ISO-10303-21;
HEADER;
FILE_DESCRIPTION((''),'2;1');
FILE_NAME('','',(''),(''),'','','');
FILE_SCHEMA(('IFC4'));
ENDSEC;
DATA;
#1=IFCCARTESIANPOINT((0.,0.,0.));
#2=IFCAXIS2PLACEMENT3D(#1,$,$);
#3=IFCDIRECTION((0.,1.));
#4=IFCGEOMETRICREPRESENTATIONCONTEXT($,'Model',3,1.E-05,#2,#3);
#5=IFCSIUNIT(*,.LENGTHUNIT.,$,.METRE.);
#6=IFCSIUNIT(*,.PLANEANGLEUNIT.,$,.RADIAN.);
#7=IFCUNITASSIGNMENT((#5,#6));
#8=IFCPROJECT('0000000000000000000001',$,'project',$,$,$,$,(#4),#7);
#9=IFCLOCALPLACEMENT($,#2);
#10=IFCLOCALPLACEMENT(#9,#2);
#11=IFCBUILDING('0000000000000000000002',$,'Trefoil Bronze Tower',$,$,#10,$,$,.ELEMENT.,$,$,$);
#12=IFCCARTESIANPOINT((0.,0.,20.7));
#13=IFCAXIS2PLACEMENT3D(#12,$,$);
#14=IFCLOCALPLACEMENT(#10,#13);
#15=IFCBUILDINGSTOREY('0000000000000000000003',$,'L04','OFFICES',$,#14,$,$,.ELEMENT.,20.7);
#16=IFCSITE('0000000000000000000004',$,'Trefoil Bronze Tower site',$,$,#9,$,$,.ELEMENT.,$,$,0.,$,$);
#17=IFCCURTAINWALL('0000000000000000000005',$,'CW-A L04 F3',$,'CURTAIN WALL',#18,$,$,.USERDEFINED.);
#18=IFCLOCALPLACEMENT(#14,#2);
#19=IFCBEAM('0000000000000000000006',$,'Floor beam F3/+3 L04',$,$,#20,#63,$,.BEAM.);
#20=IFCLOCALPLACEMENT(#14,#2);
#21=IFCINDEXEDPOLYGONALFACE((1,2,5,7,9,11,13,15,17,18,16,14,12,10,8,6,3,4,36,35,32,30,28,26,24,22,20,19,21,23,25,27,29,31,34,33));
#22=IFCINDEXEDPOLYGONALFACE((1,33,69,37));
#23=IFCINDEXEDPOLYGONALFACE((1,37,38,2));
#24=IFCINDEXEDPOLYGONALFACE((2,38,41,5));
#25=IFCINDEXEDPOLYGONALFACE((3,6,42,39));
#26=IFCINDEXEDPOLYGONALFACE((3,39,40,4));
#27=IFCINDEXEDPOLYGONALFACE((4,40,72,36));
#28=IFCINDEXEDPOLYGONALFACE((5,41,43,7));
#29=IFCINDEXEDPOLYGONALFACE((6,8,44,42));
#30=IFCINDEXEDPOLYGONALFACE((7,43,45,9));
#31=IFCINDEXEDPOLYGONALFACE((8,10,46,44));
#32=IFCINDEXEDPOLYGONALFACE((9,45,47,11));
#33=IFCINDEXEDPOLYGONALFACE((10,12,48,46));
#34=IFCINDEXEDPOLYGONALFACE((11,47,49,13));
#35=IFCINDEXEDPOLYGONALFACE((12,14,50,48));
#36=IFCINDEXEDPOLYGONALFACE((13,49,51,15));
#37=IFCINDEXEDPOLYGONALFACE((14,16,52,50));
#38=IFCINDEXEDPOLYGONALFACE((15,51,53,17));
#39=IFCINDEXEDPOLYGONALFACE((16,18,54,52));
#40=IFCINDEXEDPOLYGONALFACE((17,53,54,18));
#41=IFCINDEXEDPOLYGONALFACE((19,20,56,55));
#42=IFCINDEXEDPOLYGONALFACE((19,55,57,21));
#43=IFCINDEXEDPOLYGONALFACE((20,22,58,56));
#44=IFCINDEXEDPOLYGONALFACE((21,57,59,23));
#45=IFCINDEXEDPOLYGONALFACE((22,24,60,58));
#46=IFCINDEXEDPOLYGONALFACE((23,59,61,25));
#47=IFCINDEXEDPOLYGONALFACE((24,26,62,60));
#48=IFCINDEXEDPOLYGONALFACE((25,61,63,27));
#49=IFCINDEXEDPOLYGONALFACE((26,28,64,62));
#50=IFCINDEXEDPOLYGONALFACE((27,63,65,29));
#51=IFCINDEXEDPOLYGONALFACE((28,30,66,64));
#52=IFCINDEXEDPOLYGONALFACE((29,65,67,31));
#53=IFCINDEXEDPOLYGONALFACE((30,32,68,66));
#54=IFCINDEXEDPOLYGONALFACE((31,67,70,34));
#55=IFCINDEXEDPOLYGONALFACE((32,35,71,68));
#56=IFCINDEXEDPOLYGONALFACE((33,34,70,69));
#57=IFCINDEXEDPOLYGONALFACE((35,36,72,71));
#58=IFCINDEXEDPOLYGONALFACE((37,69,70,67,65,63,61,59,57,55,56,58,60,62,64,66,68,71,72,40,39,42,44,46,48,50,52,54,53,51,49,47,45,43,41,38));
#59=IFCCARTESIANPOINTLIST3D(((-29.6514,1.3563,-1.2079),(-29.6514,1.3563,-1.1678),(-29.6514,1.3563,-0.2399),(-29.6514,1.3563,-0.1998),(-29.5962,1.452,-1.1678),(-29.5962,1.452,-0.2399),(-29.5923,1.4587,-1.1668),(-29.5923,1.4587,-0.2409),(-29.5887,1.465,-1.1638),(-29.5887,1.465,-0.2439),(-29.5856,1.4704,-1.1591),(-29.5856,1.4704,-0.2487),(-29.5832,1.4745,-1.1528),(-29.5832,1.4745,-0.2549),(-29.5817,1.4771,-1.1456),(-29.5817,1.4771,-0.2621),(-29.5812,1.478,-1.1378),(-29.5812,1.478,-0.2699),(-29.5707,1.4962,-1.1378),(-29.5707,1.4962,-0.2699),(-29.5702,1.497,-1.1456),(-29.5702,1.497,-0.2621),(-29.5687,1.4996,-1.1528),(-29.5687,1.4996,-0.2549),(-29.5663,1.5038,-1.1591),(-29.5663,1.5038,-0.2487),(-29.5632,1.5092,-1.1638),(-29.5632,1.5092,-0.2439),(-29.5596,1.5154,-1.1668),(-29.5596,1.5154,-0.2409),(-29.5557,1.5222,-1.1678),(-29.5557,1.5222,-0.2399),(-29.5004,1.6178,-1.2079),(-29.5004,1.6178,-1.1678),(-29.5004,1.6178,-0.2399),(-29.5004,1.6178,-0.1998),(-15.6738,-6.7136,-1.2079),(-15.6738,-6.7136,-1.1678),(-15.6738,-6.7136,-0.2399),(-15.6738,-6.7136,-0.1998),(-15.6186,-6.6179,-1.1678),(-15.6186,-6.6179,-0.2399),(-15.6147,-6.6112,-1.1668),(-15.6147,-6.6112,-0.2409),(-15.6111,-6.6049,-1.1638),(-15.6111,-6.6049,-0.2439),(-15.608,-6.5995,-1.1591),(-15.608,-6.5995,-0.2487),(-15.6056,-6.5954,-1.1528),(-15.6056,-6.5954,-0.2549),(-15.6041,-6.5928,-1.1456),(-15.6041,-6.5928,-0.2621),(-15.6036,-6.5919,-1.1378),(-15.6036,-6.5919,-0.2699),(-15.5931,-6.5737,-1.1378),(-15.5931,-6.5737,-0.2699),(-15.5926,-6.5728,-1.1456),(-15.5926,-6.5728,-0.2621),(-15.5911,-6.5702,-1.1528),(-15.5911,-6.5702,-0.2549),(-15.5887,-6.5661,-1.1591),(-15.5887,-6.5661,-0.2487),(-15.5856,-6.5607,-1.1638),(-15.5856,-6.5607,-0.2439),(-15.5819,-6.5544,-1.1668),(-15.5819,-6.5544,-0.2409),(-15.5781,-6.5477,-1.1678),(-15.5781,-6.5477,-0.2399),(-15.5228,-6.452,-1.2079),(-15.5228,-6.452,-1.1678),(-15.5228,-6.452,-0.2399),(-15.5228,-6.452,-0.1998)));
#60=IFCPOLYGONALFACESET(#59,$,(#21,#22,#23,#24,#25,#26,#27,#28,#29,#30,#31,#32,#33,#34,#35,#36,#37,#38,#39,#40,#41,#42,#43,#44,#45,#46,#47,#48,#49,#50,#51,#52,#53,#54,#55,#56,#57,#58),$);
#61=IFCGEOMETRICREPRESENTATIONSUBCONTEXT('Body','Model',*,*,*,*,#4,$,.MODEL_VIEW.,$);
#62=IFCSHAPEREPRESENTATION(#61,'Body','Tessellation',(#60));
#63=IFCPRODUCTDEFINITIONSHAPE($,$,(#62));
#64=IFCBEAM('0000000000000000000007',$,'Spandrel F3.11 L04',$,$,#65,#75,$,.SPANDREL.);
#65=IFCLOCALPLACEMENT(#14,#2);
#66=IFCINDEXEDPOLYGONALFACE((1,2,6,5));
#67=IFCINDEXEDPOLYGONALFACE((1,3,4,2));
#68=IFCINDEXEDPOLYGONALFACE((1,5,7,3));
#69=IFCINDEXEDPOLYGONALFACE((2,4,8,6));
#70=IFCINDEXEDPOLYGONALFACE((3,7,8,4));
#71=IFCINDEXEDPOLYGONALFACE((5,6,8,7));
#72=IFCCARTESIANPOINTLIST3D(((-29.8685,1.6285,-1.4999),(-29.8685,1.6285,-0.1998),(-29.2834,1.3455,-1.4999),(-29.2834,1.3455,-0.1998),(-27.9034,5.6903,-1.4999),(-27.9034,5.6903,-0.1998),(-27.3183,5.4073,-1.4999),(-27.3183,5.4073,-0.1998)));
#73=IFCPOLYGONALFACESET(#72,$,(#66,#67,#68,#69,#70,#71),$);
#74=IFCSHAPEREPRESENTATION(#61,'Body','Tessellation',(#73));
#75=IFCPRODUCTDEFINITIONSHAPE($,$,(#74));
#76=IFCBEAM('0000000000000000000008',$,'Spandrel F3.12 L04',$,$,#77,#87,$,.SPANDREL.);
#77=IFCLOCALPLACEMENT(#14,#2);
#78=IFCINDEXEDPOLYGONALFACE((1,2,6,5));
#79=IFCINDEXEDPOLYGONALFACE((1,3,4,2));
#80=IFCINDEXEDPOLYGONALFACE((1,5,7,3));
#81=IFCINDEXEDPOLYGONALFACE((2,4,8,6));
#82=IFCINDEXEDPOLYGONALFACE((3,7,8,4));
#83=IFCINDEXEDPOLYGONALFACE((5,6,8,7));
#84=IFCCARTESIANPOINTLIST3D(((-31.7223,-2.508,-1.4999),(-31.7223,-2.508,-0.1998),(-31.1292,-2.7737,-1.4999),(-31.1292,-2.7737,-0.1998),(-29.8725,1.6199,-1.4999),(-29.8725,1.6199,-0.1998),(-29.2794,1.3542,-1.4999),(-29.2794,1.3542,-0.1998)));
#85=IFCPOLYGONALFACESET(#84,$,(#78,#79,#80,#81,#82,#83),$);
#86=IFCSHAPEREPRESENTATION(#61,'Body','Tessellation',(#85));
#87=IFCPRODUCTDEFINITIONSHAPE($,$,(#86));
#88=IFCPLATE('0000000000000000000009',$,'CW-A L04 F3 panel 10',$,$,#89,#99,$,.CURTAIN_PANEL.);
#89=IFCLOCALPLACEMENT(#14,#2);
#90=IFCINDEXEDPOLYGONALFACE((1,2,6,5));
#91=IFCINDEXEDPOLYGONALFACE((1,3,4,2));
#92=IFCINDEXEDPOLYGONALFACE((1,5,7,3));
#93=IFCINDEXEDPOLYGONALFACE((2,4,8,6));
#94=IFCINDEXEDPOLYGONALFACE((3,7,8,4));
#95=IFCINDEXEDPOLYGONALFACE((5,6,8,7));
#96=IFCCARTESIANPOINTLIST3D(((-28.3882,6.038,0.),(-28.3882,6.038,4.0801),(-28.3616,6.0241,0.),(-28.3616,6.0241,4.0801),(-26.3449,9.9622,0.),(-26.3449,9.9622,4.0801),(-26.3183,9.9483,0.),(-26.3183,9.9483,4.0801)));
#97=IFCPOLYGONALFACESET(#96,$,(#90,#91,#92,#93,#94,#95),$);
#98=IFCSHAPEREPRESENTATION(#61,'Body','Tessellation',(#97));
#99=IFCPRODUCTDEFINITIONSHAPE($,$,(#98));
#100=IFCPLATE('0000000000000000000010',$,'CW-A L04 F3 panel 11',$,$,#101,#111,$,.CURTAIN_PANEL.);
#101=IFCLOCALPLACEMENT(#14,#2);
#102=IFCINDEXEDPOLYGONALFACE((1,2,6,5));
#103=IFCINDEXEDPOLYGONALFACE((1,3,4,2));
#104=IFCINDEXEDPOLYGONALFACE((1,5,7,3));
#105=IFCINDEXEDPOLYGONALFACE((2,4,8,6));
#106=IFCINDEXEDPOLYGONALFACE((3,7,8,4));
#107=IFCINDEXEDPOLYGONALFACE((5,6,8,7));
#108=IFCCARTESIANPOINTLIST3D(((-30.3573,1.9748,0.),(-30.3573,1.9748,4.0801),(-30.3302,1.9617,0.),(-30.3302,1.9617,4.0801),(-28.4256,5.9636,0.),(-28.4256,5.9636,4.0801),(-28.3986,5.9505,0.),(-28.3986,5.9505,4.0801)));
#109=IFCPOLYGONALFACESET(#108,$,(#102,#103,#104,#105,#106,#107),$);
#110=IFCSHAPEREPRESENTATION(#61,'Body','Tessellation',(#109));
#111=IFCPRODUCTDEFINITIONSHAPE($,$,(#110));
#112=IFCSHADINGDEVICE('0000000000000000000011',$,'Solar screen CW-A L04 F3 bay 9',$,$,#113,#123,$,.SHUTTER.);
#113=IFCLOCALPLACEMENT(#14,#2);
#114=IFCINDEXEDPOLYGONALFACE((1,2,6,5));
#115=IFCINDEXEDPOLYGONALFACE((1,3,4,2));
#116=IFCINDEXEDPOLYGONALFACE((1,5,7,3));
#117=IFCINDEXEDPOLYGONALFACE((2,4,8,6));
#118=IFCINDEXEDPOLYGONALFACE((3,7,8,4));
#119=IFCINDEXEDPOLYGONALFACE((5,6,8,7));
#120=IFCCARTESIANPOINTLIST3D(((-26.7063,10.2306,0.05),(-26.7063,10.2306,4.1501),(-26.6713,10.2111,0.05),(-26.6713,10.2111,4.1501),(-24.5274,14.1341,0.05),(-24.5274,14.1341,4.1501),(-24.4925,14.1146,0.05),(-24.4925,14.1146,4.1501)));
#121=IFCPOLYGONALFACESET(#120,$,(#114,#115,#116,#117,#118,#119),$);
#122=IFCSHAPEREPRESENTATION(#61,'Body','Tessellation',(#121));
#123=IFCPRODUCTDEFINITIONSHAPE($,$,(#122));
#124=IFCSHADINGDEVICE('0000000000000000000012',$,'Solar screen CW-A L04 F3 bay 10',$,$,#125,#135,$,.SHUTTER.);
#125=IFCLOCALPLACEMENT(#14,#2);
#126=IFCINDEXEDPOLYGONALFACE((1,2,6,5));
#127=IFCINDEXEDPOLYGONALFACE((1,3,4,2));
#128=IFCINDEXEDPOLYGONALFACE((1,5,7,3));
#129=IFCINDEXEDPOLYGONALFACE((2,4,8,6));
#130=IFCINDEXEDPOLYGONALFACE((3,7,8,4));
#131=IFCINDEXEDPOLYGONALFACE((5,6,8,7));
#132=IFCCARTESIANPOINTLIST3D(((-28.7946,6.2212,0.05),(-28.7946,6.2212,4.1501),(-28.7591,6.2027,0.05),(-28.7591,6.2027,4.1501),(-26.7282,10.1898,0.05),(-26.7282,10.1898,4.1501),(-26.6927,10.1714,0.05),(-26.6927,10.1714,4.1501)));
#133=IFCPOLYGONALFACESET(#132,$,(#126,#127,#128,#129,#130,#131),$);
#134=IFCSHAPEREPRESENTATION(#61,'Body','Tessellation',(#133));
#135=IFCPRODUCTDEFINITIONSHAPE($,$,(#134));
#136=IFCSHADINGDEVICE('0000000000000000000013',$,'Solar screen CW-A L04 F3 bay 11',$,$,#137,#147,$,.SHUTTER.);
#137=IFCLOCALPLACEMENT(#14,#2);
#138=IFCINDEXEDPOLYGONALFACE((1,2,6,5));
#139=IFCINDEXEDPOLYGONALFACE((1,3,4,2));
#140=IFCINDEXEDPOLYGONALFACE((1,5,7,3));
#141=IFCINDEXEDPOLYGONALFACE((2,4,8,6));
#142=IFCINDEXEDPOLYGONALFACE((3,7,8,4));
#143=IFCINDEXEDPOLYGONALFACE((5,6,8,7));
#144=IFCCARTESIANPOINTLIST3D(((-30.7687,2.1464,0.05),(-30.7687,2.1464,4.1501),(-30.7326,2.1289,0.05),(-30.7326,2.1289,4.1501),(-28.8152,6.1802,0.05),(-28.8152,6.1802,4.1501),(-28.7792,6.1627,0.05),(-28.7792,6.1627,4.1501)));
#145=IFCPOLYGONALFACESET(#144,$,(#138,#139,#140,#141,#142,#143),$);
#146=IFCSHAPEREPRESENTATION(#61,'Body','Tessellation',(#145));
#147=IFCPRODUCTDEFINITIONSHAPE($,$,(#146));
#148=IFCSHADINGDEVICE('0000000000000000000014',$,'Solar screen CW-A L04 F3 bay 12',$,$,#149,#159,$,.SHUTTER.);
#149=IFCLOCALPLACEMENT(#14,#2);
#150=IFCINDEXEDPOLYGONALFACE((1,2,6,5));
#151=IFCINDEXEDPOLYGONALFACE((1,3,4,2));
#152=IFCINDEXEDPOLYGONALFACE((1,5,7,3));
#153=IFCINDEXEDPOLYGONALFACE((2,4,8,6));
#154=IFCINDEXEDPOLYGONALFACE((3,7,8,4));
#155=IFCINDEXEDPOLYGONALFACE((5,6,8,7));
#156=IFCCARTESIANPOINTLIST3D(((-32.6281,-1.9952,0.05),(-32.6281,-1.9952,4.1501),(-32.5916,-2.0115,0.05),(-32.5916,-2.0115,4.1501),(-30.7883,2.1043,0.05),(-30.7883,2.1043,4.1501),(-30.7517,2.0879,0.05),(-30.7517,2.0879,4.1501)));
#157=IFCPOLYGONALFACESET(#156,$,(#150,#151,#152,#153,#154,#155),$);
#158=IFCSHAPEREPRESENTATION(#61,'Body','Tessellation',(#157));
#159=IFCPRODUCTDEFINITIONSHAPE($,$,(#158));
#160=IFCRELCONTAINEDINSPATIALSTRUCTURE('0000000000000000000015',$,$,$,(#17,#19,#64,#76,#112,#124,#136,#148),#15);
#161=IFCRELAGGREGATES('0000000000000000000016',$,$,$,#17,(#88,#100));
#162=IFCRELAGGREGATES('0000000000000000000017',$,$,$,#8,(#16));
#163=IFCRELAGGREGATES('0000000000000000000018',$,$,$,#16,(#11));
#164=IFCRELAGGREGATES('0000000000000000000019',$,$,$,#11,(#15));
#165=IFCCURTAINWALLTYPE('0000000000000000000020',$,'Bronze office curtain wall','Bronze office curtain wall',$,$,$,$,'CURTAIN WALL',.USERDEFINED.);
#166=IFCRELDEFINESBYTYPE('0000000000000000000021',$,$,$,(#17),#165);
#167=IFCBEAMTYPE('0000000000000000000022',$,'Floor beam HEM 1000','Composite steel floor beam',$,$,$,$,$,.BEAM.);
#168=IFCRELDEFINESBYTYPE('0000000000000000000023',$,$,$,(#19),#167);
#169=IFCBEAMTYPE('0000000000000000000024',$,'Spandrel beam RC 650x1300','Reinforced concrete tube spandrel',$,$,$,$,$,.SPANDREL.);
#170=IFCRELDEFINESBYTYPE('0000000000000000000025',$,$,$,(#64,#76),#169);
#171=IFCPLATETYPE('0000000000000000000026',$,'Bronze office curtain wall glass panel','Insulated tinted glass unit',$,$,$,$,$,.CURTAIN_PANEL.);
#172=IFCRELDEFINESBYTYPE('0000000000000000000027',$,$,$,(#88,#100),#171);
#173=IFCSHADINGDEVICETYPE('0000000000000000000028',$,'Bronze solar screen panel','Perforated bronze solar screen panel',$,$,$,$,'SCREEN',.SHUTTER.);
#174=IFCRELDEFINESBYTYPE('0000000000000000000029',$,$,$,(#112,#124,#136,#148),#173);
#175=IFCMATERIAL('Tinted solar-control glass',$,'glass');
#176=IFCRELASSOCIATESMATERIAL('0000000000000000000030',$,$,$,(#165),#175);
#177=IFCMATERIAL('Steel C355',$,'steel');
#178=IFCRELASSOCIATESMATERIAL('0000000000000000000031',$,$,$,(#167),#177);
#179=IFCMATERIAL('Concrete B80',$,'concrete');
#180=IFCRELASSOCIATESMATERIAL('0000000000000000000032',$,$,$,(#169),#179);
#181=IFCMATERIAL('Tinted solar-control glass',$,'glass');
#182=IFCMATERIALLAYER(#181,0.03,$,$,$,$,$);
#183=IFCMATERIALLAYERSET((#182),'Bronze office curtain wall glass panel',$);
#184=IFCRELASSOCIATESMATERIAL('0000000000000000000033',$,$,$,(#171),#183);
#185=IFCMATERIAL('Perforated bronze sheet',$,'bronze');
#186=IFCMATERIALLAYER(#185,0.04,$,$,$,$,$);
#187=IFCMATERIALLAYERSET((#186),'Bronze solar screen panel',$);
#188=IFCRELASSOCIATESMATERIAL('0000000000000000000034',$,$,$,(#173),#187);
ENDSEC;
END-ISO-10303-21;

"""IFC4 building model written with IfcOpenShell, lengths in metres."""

from ifc_helpers import new_model, si_unit, direction, frame, origin, origin_2d, place, context, subcontext, project, spatial, rectangle, i_section, extrude, material, layer, layer_set, material_profile, profile_set, type_object, element, aggregate, save


model = new_model("IFC4")

# Units and contexts
model_context = context("Model", 3, precision=1e-05, world=origin(), true_north=direction((0.0, 1.0)))
body_context = subcontext(model_context, "Body", "Model", "MODEL_VIEW")
ifc_project = project(units=[si_unit("LENGTHUNIT", "METRE"), si_unit("PLANEANGLEUNIT", "RADIAN")], contexts=[model_context])

# Site, building, storey
site_placement = place(None, origin())
site = spatial("IfcSite", under=ifc_project, at=site_placement, Name="Trefoil Bronze Tower site", CompositionType="ELEMENT", RefElevation=0.0)
building_placement = place(site_placement, origin())
building = spatial("IfcBuilding", under=site, at=building_placement, Name="Trefoil Bronze Tower", CompositionType="ELEMENT")
storey_placement = place(building_placement, frame((0.0, 0.0, 20.7)))
storey = spatial("IfcBuildingStorey", under=building, at=storey_placement, Name="L04", Description="OFFICES", CompositionType="ELEMENT", Elevation=20.7)

# Curtain wall
ifc_material_1 = material(Name="Tinted solar-control glass", Category="glass")
curtain_wall_type = type_object("IfcCurtainWallType", Name="Bronze office curtain wall", Description="Bronze office curtain wall", ElementType="CURTAIN WALL", PredefinedType="USERDEFINED", material=ifc_material_1)
curtain_wall_placement = place(storey_placement, origin())
curtain_wall = element("IfcCurtainWall", 1, at=curtain_wall_placement, inside=storey, type_object=curtain_wall_type, Name="CW-A L04 F3", ObjectType="CURTAIN WALL", PredefinedType="USERDEFINED")

# Beams
ifc_material_2 = material(Name="Steel C355", Category="steel")
ifc_material_profile_1 = material_profile(ifc_material_2, i_section(OverallWidth=0.302, OverallDepth=1.0081, WebThickness=0.021, FlangeThickness=0.04, FilletRadius=0.03, at=origin_2d()), Name="HEM 1000")
ifc_profile_set_1 = profile_set([ifc_material_profile_1], Name="Steel C355")
beam_type_1 = type_object("IfcBeamType", Name="Floor beam HEM 1000", Description="Composite steel floor beam", PredefinedType="BEAM", material=ifc_profile_set_1)
beam_1_placement = place(storey_placement, frame((-29.5759, 1.4871, -0.7039), z_axis=(0.866028, -0.499995, 0.0), x_axis=(0.499995, 0.866028, 0.0)))
element("IfcBeam", 2, at=beam_1_placement, inside=storey, type_object=beam_type_1, Name="Floor beam F3/+3 L04", PredefinedType="BEAM", context=body_context, shape_type="SweptSolid", body=[
    extrude(i_section(OverallWidth=0.302, OverallDepth=1.0081, WebThickness=0.021, FlangeThickness=0.04, FilletRadius=0.03, at=origin_2d()), origin(), (0.0, 0.0, 1.0), 16.1399),
])
ifc_material_3 = material(Name="Concrete B80", Category="concrete")
ifc_material_profile_2 = material_profile(ifc_material_3, rectangle(XDim=0.6499, YDim=1.3, at=origin_2d()), Name="RC 650x1300")
ifc_profile_set_2 = profile_set([ifc_material_profile_2], Name="Concrete B80")
beam_type_2 = type_object("IfcBeamType", Name="Spandrel beam RC 650x1300", Description="Reinforced concrete tube spandrel", PredefinedType="SPANDREL", material=ifc_profile_set_2)
beam_2_placement = place(storey_placement, frame((-27.6108, 5.5488, -0.8499), z_axis=(-0.43551, -0.900184, 0.0), x_axis=(0.900184, -0.43551, 0.0)))
element("IfcBeam", 3, at=beam_2_placement, inside=storey, type_object=beam_type_2, Name="Spandrel F3.11 L04", PredefinedType="SPANDREL", context=body_context, shape_type="SweptSolid", body=[
    extrude(rectangle(XDim=0.6499, YDim=1.3, at=origin_2d()), origin(), (0.0, 0.0, 1.0), 4.5122),
])
beam_3_placement = place(storey_placement, frame((-29.5759, 1.4871, -0.8499), z_axis=(-0.408946, -0.912559, 0.0), x_axis=(0.912559, -0.408946, 0.0)))
element("IfcBeam", 4, at=beam_3_placement, inside=storey, type_object=beam_type_2, Name="Spandrel F3.12 L04", PredefinedType="SPANDREL", context=body_context, shape_type="SweptSolid", body=[
    extrude(rectangle(XDim=0.6499, YDim=1.3, at=origin_2d()), origin(), (0.0, 0.0, 1.0), 4.5234),
])

# Plates
ifc_material_4 = material(Name="Tinted solar-control glass", Category="glass")
ifc_layer_1 = layer(ifc_material_4, 0.03)
ifc_layer_set_1 = layer_set([ifc_layer_1], Name="Bronze office curtain wall glass panel")
plate_type = type_object("IfcPlateType", Name="Bronze office curtain wall glass panel", Description="Insulated tinted glass unit", PredefinedType="CURTAIN_PANEL", material=ifc_layer_set_1)
plate_1_placement = place(storey_placement, frame((-27.3533, 7.9932, 0.0), z_axis=(0.0, 0.0, 1.0), x_axis=(-0.46183, -0.886969, 0.0)))
plate_1 = element("IfcPlate", 5, at=plate_1_placement, type_object=plate_type, Name="CW-A L04 F3 panel 10", PredefinedType="CURTAIN_PANEL", context=body_context, shape_type="SweptSolid", body=[
    extrude(rectangle(XDim=4.4243, YDim=0.03, at=origin_2d()), origin(), (0.0, 0.0, 1.0), 4.0801),
])
plate_2_placement = place(storey_placement, frame((-29.3779, 3.9626, 0.0), z_axis=(0.0, 0.0, 1.0), x_axis=(-0.435855, -0.900017, 0.0)))
plate_2 = element("IfcPlate", 6, at=plate_2_placement, type_object=plate_type, Name="CW-A L04 F3 panel 11", PredefinedType="CURTAIN_PANEL", context=body_context, shape_type="SweptSolid", body=[
    extrude(rectangle(XDim=4.4319, YDim=0.03, at=origin_2d()), origin(), (0.0, 0.0, 1.0), 4.0801),
])
aggregate(curtain_wall, [plate_1, plate_2])

# Shading devices
ifc_material_5 = material(Name="Perforated bronze sheet", Category="bronze")
ifc_layer_2 = layer(ifc_material_5, 0.04)
ifc_layer_set_2 = layer_set([ifc_layer_2], Name="Bronze solar screen panel")
shading_device_type = type_object("IfcShadingDeviceType", Name="Bronze solar screen panel", Description="Perforated bronze solar screen panel", ElementType="SCREEN", PredefinedType="SHUTTER", material=ifc_layer_set_2)
shading_device_1_placement = place(storey_placement, frame((-25.5994, 12.1726, 0.05), z_axis=(0.0, 0.0, 1.0), x_axis=(-0.487382, -0.873189, 0.0)))
element("IfcShadingDevice", 7, at=shading_device_1_placement, inside=storey, type_object=shading_device_type, Name="Solar screen CW-A L04 F3 bay 9", PredefinedType="SHUTTER", context=body_context, shape_type="SweptSolid", body=[
    extrude(rectangle(XDim=4.4705, YDim=0.04, at=origin_2d()), origin(), (0.0, 0.0, 1.0), 4.1001),
])
shading_device_2_placement = place(storey_placement, frame((-27.7437, 8.1963, 0.05), z_axis=(0.0, 0.0, 1.0), x_axis=(-0.46183, -0.886969, 0.0)))
element("IfcShadingDevice", 8, at=shading_device_2_placement, inside=storey, type_object=shading_device_type, Name="Solar screen CW-A L04 F3 bay 10", PredefinedType="SHUTTER", context=body_context, shape_type="SweptSolid", body=[
    extrude(rectangle(XDim=4.4744, YDim=0.04, at=origin_2d()), origin(), (0.0, 0.0, 1.0), 4.1001),
])
shading_device_3_placement = place(storey_placement, frame((-29.7739, 4.1545, 0.05), z_axis=(0.0, 0.0, 1.0), x_axis=(-0.435855, -0.900017, 0.0)))
element("IfcShadingDevice", 9, at=shading_device_3_placement, inside=storey, type_object=shading_device_type, Name="Solar screen CW-A L04 F3 bay 11", PredefinedType="SHUTTER", context=body_context, shape_type="SweptSolid", body=[
    extrude(rectangle(XDim=4.4819, YDim=0.04, at=origin_2d()), origin(), (0.0, 0.0, 1.0), 4.1001),
])
shading_device_4_placement = place(storey_placement, frame((-31.6899, 0.0464, 0.05), z_axis=(0.0, 0.0, 1.0), x_axis=(-0.409456, -0.91233, 0.0)))
element("IfcShadingDevice", 10, at=shading_device_4_placement, inside=storey, type_object=shading_device_type, Name="Solar screen CW-A L04 F3 bay 12", PredefinedType="SHUTTER", context=body_context, shape_type="SweptSolid", body=[
    extrude(rectangle(XDim=4.4934, YDim=0.04, at=origin_2d()), origin(), (0.0, 0.0, 1.0), 4.1001),
])

save(model, "model.ifc")
